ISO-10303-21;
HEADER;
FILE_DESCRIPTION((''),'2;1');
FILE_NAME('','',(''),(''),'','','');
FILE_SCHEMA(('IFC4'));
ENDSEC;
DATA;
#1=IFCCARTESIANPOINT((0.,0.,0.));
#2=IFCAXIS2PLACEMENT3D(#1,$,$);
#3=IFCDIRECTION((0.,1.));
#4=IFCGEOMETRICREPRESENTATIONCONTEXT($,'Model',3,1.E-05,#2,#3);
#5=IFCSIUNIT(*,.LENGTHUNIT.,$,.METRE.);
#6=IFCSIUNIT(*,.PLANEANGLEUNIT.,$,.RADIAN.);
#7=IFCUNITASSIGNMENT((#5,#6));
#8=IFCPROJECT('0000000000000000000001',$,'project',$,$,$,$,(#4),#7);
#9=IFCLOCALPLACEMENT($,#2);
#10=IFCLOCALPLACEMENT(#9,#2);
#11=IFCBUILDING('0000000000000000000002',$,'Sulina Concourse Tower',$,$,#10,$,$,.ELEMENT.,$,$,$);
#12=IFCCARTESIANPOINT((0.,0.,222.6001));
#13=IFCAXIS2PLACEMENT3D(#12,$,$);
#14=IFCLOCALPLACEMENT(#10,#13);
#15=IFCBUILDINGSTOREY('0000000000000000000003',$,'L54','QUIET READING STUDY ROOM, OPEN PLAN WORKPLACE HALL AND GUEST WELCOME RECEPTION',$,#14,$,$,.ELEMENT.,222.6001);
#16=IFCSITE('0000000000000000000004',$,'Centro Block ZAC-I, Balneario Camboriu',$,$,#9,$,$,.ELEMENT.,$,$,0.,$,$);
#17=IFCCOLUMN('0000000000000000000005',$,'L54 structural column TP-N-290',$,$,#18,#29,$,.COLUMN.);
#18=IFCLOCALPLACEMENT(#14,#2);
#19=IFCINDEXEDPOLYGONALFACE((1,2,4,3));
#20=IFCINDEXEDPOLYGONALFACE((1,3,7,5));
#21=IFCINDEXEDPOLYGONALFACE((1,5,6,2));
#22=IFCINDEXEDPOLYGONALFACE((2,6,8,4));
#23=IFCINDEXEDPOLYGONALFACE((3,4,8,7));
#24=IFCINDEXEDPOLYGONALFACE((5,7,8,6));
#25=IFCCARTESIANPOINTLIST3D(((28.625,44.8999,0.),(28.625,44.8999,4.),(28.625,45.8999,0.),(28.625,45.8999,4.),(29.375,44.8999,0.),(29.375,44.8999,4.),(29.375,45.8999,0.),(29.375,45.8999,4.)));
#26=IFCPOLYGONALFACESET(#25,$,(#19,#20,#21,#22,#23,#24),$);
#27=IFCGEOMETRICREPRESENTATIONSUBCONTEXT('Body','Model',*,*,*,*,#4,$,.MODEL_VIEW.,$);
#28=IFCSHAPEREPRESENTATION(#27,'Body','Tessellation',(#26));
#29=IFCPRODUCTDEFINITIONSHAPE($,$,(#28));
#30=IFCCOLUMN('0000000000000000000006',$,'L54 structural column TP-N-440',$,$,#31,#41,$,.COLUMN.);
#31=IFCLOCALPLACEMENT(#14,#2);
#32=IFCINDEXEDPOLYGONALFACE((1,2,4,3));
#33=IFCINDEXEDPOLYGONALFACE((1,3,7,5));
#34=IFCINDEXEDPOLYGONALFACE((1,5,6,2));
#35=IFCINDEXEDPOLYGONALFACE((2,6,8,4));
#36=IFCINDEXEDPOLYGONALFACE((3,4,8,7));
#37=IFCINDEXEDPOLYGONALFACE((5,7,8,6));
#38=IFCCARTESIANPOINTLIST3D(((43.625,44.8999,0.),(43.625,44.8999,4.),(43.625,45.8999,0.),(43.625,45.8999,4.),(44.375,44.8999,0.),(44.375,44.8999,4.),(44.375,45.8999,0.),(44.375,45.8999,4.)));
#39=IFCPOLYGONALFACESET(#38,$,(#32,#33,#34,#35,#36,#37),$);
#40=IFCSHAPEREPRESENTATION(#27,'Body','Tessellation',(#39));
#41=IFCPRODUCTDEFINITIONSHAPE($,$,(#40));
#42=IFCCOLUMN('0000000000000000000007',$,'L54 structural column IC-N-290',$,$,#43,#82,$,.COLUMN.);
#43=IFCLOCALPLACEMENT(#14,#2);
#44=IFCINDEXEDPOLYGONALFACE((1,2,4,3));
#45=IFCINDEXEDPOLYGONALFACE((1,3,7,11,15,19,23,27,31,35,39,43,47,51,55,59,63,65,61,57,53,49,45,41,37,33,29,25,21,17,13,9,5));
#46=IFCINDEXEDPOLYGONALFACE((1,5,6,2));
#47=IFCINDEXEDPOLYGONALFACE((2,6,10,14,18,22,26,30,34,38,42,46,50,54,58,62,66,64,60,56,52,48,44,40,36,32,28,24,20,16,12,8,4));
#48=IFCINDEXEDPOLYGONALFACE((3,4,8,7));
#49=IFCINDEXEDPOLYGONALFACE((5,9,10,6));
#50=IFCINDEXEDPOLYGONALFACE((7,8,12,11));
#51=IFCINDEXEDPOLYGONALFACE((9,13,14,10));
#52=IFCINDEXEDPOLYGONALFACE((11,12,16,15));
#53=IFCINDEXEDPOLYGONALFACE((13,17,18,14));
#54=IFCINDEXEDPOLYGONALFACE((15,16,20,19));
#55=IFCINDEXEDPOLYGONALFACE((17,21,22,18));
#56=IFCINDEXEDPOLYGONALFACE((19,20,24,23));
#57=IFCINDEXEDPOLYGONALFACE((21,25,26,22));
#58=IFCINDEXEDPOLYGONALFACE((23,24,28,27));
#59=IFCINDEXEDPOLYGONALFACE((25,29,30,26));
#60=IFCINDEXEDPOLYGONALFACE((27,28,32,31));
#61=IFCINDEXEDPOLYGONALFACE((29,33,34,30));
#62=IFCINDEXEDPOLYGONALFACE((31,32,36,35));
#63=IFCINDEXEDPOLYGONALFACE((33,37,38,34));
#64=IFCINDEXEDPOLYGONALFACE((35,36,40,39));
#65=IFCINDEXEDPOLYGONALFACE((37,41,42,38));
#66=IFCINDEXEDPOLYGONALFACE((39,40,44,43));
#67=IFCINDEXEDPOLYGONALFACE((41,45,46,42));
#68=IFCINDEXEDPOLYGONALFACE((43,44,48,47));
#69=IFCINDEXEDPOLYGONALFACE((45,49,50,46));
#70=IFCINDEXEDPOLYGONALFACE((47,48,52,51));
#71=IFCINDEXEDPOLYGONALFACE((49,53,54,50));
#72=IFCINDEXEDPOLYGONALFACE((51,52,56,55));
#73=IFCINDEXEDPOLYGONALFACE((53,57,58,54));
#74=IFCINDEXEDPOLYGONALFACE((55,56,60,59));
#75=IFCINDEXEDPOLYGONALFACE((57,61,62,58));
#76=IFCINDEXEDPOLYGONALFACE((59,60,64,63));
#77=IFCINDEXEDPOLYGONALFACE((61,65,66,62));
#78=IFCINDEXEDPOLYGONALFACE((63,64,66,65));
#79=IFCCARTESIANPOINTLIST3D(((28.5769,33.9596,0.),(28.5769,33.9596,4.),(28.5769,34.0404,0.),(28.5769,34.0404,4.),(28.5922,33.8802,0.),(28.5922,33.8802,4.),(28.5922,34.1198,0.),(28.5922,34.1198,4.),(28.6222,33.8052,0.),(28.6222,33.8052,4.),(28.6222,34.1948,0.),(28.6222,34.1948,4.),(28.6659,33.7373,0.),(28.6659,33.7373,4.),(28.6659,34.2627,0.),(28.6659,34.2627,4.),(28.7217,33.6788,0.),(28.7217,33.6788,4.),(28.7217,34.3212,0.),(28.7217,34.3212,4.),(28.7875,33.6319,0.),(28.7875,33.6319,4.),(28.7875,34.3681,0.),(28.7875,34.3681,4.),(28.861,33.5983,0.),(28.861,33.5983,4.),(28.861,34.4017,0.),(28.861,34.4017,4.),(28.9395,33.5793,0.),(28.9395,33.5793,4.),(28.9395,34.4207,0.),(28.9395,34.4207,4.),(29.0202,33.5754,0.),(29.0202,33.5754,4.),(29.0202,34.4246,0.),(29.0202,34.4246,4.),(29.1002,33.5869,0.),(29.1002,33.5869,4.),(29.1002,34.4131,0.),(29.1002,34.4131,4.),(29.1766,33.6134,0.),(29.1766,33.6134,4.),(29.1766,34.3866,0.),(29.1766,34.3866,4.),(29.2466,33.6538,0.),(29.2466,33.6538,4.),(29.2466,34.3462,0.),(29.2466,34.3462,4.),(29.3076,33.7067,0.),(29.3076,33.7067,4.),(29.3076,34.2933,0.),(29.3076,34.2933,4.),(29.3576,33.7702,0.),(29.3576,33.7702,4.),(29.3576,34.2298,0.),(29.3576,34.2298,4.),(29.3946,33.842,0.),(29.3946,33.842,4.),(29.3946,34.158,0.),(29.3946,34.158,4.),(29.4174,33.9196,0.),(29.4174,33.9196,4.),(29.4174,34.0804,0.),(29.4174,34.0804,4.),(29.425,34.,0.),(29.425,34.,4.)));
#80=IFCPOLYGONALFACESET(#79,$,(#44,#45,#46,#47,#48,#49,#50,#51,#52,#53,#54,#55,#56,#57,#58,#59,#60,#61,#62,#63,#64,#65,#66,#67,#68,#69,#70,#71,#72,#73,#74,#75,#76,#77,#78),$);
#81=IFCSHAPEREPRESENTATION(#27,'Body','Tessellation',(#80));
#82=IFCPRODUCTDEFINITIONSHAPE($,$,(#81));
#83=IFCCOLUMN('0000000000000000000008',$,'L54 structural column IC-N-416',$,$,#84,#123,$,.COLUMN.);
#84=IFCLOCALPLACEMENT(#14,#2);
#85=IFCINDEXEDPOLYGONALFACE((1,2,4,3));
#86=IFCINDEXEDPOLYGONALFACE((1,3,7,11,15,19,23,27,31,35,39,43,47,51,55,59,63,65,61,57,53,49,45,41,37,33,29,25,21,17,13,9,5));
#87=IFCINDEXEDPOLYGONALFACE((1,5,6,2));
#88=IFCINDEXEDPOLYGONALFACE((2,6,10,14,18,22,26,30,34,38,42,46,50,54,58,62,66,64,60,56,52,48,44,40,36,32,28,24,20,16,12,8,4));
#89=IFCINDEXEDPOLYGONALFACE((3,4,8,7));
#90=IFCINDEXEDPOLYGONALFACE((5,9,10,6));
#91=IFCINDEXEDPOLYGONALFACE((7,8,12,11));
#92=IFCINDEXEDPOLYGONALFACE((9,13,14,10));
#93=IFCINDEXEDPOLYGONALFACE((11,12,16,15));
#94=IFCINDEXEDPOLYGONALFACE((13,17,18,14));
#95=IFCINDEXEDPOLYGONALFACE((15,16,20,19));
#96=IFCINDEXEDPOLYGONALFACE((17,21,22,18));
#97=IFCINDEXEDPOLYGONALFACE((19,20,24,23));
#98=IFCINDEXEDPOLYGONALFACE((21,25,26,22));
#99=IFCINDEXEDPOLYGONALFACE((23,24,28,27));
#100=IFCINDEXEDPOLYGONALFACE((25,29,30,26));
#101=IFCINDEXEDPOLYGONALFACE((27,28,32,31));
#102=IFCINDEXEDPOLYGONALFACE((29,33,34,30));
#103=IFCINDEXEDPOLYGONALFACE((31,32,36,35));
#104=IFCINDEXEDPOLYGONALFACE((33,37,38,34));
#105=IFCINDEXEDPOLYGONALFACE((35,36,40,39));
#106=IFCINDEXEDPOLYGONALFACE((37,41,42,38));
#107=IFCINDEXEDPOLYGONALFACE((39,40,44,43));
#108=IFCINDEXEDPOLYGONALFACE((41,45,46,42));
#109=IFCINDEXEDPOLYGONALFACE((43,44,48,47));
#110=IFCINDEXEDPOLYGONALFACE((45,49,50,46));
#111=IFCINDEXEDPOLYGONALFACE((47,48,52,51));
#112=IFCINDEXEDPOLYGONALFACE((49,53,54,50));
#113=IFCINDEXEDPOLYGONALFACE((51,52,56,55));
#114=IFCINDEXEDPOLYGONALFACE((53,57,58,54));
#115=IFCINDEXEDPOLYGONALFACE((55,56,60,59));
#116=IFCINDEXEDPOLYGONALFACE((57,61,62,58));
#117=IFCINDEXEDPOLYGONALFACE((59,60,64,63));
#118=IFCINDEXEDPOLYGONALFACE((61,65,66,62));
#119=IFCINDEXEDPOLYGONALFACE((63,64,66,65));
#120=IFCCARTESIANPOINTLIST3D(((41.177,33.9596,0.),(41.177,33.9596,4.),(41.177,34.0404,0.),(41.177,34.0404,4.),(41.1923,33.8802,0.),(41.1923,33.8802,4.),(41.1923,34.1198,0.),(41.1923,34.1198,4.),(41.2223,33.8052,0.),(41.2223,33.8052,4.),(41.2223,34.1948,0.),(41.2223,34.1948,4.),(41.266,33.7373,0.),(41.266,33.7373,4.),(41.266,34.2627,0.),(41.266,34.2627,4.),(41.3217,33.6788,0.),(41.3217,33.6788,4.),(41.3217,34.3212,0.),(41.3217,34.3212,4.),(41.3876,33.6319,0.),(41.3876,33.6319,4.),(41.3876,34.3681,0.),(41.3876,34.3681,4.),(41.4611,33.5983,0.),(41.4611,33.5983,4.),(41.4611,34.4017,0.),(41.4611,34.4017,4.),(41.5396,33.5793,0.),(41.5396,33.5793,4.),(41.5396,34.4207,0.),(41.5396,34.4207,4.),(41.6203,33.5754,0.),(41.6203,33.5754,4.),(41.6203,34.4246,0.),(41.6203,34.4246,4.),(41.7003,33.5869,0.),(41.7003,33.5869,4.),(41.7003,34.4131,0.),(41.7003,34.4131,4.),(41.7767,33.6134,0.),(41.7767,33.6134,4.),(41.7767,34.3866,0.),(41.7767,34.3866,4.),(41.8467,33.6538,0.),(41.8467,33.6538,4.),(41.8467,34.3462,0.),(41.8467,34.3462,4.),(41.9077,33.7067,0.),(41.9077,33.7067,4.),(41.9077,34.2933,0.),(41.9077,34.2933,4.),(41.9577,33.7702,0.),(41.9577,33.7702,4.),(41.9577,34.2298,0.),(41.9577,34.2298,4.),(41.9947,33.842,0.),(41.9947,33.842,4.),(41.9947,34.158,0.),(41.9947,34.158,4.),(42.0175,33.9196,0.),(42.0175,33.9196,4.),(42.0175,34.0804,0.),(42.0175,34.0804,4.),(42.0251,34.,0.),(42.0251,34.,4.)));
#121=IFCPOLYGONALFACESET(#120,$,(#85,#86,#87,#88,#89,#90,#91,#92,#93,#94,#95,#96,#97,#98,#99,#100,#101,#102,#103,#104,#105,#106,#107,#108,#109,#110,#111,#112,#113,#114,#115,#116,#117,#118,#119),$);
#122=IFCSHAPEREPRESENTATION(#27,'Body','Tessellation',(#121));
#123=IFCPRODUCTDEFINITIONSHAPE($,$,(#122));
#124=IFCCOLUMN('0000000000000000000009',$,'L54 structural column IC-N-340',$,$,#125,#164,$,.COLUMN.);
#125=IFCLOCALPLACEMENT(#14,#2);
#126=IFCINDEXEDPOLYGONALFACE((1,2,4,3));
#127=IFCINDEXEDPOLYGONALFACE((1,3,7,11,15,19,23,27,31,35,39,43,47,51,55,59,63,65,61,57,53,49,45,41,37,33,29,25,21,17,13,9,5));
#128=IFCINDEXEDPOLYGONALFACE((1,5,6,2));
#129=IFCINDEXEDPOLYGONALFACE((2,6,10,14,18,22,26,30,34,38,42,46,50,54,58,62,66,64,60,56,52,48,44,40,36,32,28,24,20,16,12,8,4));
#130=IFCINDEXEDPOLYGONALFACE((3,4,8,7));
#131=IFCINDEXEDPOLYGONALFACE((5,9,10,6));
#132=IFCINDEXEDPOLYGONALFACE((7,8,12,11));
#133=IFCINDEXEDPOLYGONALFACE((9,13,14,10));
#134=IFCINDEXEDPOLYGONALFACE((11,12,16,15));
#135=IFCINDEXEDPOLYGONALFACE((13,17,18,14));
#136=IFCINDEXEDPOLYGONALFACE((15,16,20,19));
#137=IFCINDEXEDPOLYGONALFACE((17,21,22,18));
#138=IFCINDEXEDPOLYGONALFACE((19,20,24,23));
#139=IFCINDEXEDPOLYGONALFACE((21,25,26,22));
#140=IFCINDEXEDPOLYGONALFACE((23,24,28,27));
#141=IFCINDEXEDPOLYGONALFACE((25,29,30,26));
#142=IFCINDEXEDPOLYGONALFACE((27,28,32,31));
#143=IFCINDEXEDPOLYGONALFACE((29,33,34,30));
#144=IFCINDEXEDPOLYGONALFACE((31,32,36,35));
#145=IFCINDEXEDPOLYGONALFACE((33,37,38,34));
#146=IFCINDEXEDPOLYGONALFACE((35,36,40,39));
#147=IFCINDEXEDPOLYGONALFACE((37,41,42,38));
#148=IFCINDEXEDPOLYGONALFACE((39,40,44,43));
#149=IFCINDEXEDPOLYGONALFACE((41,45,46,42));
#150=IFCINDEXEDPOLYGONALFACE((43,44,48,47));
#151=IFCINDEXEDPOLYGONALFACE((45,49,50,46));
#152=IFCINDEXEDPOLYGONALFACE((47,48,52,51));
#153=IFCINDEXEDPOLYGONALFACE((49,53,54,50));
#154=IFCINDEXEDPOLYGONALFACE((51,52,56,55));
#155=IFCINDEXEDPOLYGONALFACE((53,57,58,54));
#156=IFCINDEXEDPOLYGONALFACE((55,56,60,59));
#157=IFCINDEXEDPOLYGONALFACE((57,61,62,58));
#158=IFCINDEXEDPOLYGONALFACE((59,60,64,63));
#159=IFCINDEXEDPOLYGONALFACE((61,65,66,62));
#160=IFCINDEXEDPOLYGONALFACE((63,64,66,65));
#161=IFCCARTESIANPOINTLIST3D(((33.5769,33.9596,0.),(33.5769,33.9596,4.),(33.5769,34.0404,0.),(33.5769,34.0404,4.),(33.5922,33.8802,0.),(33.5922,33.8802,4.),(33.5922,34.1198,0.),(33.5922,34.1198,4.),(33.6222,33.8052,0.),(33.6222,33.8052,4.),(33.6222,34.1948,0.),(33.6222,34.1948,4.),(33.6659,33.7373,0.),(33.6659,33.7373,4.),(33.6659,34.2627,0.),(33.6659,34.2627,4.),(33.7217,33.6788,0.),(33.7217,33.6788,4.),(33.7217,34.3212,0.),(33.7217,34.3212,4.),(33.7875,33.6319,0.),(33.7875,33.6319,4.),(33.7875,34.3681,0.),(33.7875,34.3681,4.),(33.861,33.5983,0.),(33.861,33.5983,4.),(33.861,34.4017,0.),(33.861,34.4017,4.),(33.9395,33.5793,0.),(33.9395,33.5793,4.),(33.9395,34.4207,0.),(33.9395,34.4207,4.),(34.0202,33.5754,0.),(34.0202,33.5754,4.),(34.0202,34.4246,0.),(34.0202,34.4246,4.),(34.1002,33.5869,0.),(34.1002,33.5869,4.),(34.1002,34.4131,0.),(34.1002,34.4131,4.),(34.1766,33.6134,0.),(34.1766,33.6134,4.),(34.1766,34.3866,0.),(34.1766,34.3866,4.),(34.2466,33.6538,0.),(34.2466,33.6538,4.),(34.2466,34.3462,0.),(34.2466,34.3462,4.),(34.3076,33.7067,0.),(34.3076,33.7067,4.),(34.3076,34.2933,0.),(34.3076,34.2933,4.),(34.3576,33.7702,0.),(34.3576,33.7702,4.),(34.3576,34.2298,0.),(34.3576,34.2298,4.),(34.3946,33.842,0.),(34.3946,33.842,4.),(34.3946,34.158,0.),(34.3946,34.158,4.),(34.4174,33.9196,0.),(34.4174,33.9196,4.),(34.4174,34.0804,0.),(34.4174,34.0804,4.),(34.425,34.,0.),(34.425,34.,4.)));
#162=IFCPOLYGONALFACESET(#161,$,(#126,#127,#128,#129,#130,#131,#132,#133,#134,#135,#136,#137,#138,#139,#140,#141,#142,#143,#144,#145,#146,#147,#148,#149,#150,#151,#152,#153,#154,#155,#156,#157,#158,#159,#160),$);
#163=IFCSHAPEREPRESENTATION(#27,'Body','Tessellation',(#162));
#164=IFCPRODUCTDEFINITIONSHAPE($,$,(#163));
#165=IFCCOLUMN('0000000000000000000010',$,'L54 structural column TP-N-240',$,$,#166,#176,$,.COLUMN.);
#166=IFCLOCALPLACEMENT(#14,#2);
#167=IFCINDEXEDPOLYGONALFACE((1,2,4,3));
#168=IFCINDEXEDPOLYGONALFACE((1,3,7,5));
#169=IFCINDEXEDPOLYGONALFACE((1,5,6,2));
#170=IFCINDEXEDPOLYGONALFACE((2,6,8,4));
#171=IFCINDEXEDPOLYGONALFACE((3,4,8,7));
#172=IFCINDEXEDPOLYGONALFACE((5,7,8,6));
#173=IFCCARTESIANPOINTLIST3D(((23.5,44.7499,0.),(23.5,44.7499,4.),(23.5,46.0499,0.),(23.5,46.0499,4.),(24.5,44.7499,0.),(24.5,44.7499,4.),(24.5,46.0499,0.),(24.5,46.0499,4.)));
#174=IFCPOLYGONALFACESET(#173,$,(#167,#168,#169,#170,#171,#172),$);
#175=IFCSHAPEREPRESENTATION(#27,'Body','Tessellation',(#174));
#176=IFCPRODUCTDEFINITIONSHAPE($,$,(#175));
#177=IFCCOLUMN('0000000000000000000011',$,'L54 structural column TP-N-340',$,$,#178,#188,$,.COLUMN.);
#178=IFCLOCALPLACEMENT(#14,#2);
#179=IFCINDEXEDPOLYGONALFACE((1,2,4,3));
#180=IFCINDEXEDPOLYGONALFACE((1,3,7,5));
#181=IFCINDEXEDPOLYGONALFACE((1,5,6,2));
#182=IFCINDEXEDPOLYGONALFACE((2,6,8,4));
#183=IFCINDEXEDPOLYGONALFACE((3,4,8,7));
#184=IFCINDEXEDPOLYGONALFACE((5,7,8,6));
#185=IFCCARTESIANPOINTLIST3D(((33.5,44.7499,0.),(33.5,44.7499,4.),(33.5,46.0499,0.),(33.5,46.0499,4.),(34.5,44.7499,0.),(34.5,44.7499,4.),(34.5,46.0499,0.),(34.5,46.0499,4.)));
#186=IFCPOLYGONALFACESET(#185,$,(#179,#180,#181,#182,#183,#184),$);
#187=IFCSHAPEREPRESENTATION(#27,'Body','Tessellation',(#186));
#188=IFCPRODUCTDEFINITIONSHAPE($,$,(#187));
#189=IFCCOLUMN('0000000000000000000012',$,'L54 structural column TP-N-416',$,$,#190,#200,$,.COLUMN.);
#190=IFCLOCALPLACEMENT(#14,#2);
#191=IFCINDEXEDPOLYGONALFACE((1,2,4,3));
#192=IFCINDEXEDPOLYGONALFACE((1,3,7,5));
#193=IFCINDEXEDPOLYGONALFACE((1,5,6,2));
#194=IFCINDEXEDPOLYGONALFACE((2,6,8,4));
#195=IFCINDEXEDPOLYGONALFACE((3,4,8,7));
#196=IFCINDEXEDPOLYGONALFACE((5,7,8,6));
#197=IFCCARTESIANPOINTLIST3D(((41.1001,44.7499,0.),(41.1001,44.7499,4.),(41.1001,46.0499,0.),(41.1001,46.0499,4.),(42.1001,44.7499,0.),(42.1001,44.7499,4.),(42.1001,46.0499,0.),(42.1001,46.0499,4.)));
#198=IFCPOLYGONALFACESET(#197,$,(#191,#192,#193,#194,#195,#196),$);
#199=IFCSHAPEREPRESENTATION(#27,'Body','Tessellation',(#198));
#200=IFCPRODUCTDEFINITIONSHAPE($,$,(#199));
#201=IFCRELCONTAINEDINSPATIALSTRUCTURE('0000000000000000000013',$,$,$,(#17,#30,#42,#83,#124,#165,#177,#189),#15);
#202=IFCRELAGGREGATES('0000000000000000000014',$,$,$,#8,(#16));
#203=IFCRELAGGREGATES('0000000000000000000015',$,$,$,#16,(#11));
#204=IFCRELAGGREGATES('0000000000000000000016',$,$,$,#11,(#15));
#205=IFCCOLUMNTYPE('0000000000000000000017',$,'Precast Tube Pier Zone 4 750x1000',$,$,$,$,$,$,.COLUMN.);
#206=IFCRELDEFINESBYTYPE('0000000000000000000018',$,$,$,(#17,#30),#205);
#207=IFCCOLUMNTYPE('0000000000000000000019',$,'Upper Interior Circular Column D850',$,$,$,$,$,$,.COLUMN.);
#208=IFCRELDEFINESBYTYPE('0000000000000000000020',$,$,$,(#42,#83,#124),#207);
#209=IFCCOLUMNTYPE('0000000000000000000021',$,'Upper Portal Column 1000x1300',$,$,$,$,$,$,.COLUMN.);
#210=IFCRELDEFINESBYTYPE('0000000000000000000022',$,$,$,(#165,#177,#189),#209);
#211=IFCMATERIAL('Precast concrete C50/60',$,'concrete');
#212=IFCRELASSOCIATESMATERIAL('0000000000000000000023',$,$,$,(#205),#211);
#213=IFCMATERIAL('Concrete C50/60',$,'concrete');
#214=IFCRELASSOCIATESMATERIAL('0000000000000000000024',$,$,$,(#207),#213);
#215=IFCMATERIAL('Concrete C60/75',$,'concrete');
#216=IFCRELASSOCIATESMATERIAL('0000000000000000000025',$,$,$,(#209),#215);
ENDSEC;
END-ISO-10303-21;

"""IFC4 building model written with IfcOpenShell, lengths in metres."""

from ifc_helpers import new_model, si_unit, direction, frame, origin, origin_2d, place, context, subcontext, project, spatial, rectangle, circle, extrude, material, material_profile, profile_set, type_object, element, save


model = new_model("IFC4")

# Units and contexts
model_context = context("Model", 3, precision=1e-05, world=origin(), true_north=direction((0.0, 1.0)))
body_context = subcontext(model_context, "Body", "Model", "MODEL_VIEW")
ifc_project = project(units=[si_unit("LENGTHUNIT", "METRE"), si_unit("PLANEANGLEUNIT", "RADIAN")], contexts=[model_context])

# Site, building, storey
site_placement = place(None, origin())
site = spatial("IfcSite", under=ifc_project, at=site_placement, Name="Centro Block ZAC-I, Balneario Camboriu", CompositionType="ELEMENT", RefElevation=0.0)
building_placement = place(site_placement, origin())
building = spatial("IfcBuilding", under=site, at=building_placement, Name="Sulina Concourse Tower", CompositionType="ELEMENT")
storey_placement = place(building_placement, frame((0.0, 0.0, 222.6001)))
storey = spatial("IfcBuildingStorey", under=building, at=storey_placement, Name="L54", Description="QUIET READING STUDY ROOM, OPEN PLAN WORKPLACE HALL AND GUEST WELCOME RECEPTION", CompositionType="ELEMENT", Elevation=222.6001)

# Columns
ifc_material_1 = material(Name="Precast concrete C50/60", Category="concrete")
ifc_material_profile_1 = material_profile(ifc_material_1, rectangle(XDim=0.75, YDim=1.0, at=origin_2d()), Name="PC 750x1000")
ifc_profile_set_1 = profile_set([ifc_material_profile_1], Name="Precast concrete C50/60")
column_type_1 = type_object("IfcColumnType", Name="Precast Tube Pier Zone 4 750x1000", PredefinedType="COLUMN", material=ifc_profile_set_1)
for number, where, z_axis, x_axis, name in (
    (1, (29.0, 45.3999, 0.0), (0.0, 0.0, 1.0), (1.0, 0.0, 0.0), "L54 structural column TP-N-290"),
    (2, (44.0, 45.3999, 0.0), (0.0, 0.0, 1.0), (1.0, 0.0, 0.0), "L54 structural column TP-N-440"),
):
    element("IfcColumn", number, at=place(storey_placement, frame(where, z_axis=z_axis, x_axis=x_axis)), inside=storey, type_object=column_type_1, Name=name, PredefinedType="COLUMN", context=body_context, shape_type="SweptSolid", body=[
        extrude(rectangle(XDim=0.75, YDim=1.0, at=origin_2d()), origin(), (0.0, 0.0, 1.0), 4.0),
    ])
ifc_material_2 = material(Name="Concrete C50/60", Category="concrete")
ifc_material_profile_2 = material_profile(ifc_material_2, circle(Radius=0.425, at=origin_2d()), Name="RC D850")
ifc_profile_set_2 = profile_set([ifc_material_profile_2], Name="Concrete C50/60")
column_type_2 = type_object("IfcColumnType", Name="Upper Interior Circular Column D850", PredefinedType="COLUMN", material=ifc_profile_set_2)
for number, where, z_axis, x_axis, name in (
    (3, (29.0, 34.0, 0.0), (0.0, 0.0, 1.0), (1.0, 0.0, 0.0), "L54 structural column IC-N-290"),
    (4, (41.6001, 34.0, 0.0), (0.0, 0.0, 1.0), (1.0, 0.0, 0.0), "L54 structural column IC-N-416"),
    (5, (34.0, 34.0, 0.0), (0.0, 0.0, 1.0), (1.0, 0.0, 0.0), "L54 structural column IC-N-340"),
):
    element("IfcColumn", number, at=place(storey_placement, frame(where, z_axis=z_axis, x_axis=x_axis)), inside=storey, type_object=column_type_2, Name=name, PredefinedType="COLUMN", context=body_context, shape_type="SweptSolid", body=[
        extrude(circle(Radius=0.425, at=origin_2d()), origin(), (0.0, 0.0, 1.0), 4.0),
    ])
ifc_material_3 = material(Name="Concrete C60/75", Category="concrete")
ifc_material_profile_3 = material_profile(ifc_material_3, rectangle(XDim=1.0, YDim=1.3, at=origin_2d()), Name="RC 1000x1300")
ifc_profile_set_3 = profile_set([ifc_material_profile_3], Name="Concrete C60/75")
column_type_3 = type_object("IfcColumnType", Name="Upper Portal Column 1000x1300", PredefinedType="COLUMN", material=ifc_profile_set_3)
for number, where, z_axis, x_axis, name in (
    (6, (24.0, 45.3999, 0.0), (0.0, 0.0, 1.0), (1.0, 0.0, 0.0), "L54 structural column TP-N-240"),
    (7, (34.0, 45.3999, 0.0), (0.0, 0.0, 1.0), (1.0, 0.0, 0.0), "L54 structural column TP-N-340"),
    (8, (41.6001, 45.3999, 0.0), (0.0, 0.0, 1.0), (1.0, 0.0, 0.0), "L54 structural column TP-N-416"),
):
    element("IfcColumn", number, at=place(storey_placement, frame(where, z_axis=z_axis, x_axis=x_axis)), inside=storey, type_object=column_type_3, Name=name, PredefinedType="COLUMN", context=body_context, shape_type="SweptSolid", body=[
        extrude(rectangle(XDim=1.0, YDim=1.3, at=origin_2d()), origin(), (0.0, 0.0, 1.0), 4.0),
    ])

save(model, "model.ifc")
